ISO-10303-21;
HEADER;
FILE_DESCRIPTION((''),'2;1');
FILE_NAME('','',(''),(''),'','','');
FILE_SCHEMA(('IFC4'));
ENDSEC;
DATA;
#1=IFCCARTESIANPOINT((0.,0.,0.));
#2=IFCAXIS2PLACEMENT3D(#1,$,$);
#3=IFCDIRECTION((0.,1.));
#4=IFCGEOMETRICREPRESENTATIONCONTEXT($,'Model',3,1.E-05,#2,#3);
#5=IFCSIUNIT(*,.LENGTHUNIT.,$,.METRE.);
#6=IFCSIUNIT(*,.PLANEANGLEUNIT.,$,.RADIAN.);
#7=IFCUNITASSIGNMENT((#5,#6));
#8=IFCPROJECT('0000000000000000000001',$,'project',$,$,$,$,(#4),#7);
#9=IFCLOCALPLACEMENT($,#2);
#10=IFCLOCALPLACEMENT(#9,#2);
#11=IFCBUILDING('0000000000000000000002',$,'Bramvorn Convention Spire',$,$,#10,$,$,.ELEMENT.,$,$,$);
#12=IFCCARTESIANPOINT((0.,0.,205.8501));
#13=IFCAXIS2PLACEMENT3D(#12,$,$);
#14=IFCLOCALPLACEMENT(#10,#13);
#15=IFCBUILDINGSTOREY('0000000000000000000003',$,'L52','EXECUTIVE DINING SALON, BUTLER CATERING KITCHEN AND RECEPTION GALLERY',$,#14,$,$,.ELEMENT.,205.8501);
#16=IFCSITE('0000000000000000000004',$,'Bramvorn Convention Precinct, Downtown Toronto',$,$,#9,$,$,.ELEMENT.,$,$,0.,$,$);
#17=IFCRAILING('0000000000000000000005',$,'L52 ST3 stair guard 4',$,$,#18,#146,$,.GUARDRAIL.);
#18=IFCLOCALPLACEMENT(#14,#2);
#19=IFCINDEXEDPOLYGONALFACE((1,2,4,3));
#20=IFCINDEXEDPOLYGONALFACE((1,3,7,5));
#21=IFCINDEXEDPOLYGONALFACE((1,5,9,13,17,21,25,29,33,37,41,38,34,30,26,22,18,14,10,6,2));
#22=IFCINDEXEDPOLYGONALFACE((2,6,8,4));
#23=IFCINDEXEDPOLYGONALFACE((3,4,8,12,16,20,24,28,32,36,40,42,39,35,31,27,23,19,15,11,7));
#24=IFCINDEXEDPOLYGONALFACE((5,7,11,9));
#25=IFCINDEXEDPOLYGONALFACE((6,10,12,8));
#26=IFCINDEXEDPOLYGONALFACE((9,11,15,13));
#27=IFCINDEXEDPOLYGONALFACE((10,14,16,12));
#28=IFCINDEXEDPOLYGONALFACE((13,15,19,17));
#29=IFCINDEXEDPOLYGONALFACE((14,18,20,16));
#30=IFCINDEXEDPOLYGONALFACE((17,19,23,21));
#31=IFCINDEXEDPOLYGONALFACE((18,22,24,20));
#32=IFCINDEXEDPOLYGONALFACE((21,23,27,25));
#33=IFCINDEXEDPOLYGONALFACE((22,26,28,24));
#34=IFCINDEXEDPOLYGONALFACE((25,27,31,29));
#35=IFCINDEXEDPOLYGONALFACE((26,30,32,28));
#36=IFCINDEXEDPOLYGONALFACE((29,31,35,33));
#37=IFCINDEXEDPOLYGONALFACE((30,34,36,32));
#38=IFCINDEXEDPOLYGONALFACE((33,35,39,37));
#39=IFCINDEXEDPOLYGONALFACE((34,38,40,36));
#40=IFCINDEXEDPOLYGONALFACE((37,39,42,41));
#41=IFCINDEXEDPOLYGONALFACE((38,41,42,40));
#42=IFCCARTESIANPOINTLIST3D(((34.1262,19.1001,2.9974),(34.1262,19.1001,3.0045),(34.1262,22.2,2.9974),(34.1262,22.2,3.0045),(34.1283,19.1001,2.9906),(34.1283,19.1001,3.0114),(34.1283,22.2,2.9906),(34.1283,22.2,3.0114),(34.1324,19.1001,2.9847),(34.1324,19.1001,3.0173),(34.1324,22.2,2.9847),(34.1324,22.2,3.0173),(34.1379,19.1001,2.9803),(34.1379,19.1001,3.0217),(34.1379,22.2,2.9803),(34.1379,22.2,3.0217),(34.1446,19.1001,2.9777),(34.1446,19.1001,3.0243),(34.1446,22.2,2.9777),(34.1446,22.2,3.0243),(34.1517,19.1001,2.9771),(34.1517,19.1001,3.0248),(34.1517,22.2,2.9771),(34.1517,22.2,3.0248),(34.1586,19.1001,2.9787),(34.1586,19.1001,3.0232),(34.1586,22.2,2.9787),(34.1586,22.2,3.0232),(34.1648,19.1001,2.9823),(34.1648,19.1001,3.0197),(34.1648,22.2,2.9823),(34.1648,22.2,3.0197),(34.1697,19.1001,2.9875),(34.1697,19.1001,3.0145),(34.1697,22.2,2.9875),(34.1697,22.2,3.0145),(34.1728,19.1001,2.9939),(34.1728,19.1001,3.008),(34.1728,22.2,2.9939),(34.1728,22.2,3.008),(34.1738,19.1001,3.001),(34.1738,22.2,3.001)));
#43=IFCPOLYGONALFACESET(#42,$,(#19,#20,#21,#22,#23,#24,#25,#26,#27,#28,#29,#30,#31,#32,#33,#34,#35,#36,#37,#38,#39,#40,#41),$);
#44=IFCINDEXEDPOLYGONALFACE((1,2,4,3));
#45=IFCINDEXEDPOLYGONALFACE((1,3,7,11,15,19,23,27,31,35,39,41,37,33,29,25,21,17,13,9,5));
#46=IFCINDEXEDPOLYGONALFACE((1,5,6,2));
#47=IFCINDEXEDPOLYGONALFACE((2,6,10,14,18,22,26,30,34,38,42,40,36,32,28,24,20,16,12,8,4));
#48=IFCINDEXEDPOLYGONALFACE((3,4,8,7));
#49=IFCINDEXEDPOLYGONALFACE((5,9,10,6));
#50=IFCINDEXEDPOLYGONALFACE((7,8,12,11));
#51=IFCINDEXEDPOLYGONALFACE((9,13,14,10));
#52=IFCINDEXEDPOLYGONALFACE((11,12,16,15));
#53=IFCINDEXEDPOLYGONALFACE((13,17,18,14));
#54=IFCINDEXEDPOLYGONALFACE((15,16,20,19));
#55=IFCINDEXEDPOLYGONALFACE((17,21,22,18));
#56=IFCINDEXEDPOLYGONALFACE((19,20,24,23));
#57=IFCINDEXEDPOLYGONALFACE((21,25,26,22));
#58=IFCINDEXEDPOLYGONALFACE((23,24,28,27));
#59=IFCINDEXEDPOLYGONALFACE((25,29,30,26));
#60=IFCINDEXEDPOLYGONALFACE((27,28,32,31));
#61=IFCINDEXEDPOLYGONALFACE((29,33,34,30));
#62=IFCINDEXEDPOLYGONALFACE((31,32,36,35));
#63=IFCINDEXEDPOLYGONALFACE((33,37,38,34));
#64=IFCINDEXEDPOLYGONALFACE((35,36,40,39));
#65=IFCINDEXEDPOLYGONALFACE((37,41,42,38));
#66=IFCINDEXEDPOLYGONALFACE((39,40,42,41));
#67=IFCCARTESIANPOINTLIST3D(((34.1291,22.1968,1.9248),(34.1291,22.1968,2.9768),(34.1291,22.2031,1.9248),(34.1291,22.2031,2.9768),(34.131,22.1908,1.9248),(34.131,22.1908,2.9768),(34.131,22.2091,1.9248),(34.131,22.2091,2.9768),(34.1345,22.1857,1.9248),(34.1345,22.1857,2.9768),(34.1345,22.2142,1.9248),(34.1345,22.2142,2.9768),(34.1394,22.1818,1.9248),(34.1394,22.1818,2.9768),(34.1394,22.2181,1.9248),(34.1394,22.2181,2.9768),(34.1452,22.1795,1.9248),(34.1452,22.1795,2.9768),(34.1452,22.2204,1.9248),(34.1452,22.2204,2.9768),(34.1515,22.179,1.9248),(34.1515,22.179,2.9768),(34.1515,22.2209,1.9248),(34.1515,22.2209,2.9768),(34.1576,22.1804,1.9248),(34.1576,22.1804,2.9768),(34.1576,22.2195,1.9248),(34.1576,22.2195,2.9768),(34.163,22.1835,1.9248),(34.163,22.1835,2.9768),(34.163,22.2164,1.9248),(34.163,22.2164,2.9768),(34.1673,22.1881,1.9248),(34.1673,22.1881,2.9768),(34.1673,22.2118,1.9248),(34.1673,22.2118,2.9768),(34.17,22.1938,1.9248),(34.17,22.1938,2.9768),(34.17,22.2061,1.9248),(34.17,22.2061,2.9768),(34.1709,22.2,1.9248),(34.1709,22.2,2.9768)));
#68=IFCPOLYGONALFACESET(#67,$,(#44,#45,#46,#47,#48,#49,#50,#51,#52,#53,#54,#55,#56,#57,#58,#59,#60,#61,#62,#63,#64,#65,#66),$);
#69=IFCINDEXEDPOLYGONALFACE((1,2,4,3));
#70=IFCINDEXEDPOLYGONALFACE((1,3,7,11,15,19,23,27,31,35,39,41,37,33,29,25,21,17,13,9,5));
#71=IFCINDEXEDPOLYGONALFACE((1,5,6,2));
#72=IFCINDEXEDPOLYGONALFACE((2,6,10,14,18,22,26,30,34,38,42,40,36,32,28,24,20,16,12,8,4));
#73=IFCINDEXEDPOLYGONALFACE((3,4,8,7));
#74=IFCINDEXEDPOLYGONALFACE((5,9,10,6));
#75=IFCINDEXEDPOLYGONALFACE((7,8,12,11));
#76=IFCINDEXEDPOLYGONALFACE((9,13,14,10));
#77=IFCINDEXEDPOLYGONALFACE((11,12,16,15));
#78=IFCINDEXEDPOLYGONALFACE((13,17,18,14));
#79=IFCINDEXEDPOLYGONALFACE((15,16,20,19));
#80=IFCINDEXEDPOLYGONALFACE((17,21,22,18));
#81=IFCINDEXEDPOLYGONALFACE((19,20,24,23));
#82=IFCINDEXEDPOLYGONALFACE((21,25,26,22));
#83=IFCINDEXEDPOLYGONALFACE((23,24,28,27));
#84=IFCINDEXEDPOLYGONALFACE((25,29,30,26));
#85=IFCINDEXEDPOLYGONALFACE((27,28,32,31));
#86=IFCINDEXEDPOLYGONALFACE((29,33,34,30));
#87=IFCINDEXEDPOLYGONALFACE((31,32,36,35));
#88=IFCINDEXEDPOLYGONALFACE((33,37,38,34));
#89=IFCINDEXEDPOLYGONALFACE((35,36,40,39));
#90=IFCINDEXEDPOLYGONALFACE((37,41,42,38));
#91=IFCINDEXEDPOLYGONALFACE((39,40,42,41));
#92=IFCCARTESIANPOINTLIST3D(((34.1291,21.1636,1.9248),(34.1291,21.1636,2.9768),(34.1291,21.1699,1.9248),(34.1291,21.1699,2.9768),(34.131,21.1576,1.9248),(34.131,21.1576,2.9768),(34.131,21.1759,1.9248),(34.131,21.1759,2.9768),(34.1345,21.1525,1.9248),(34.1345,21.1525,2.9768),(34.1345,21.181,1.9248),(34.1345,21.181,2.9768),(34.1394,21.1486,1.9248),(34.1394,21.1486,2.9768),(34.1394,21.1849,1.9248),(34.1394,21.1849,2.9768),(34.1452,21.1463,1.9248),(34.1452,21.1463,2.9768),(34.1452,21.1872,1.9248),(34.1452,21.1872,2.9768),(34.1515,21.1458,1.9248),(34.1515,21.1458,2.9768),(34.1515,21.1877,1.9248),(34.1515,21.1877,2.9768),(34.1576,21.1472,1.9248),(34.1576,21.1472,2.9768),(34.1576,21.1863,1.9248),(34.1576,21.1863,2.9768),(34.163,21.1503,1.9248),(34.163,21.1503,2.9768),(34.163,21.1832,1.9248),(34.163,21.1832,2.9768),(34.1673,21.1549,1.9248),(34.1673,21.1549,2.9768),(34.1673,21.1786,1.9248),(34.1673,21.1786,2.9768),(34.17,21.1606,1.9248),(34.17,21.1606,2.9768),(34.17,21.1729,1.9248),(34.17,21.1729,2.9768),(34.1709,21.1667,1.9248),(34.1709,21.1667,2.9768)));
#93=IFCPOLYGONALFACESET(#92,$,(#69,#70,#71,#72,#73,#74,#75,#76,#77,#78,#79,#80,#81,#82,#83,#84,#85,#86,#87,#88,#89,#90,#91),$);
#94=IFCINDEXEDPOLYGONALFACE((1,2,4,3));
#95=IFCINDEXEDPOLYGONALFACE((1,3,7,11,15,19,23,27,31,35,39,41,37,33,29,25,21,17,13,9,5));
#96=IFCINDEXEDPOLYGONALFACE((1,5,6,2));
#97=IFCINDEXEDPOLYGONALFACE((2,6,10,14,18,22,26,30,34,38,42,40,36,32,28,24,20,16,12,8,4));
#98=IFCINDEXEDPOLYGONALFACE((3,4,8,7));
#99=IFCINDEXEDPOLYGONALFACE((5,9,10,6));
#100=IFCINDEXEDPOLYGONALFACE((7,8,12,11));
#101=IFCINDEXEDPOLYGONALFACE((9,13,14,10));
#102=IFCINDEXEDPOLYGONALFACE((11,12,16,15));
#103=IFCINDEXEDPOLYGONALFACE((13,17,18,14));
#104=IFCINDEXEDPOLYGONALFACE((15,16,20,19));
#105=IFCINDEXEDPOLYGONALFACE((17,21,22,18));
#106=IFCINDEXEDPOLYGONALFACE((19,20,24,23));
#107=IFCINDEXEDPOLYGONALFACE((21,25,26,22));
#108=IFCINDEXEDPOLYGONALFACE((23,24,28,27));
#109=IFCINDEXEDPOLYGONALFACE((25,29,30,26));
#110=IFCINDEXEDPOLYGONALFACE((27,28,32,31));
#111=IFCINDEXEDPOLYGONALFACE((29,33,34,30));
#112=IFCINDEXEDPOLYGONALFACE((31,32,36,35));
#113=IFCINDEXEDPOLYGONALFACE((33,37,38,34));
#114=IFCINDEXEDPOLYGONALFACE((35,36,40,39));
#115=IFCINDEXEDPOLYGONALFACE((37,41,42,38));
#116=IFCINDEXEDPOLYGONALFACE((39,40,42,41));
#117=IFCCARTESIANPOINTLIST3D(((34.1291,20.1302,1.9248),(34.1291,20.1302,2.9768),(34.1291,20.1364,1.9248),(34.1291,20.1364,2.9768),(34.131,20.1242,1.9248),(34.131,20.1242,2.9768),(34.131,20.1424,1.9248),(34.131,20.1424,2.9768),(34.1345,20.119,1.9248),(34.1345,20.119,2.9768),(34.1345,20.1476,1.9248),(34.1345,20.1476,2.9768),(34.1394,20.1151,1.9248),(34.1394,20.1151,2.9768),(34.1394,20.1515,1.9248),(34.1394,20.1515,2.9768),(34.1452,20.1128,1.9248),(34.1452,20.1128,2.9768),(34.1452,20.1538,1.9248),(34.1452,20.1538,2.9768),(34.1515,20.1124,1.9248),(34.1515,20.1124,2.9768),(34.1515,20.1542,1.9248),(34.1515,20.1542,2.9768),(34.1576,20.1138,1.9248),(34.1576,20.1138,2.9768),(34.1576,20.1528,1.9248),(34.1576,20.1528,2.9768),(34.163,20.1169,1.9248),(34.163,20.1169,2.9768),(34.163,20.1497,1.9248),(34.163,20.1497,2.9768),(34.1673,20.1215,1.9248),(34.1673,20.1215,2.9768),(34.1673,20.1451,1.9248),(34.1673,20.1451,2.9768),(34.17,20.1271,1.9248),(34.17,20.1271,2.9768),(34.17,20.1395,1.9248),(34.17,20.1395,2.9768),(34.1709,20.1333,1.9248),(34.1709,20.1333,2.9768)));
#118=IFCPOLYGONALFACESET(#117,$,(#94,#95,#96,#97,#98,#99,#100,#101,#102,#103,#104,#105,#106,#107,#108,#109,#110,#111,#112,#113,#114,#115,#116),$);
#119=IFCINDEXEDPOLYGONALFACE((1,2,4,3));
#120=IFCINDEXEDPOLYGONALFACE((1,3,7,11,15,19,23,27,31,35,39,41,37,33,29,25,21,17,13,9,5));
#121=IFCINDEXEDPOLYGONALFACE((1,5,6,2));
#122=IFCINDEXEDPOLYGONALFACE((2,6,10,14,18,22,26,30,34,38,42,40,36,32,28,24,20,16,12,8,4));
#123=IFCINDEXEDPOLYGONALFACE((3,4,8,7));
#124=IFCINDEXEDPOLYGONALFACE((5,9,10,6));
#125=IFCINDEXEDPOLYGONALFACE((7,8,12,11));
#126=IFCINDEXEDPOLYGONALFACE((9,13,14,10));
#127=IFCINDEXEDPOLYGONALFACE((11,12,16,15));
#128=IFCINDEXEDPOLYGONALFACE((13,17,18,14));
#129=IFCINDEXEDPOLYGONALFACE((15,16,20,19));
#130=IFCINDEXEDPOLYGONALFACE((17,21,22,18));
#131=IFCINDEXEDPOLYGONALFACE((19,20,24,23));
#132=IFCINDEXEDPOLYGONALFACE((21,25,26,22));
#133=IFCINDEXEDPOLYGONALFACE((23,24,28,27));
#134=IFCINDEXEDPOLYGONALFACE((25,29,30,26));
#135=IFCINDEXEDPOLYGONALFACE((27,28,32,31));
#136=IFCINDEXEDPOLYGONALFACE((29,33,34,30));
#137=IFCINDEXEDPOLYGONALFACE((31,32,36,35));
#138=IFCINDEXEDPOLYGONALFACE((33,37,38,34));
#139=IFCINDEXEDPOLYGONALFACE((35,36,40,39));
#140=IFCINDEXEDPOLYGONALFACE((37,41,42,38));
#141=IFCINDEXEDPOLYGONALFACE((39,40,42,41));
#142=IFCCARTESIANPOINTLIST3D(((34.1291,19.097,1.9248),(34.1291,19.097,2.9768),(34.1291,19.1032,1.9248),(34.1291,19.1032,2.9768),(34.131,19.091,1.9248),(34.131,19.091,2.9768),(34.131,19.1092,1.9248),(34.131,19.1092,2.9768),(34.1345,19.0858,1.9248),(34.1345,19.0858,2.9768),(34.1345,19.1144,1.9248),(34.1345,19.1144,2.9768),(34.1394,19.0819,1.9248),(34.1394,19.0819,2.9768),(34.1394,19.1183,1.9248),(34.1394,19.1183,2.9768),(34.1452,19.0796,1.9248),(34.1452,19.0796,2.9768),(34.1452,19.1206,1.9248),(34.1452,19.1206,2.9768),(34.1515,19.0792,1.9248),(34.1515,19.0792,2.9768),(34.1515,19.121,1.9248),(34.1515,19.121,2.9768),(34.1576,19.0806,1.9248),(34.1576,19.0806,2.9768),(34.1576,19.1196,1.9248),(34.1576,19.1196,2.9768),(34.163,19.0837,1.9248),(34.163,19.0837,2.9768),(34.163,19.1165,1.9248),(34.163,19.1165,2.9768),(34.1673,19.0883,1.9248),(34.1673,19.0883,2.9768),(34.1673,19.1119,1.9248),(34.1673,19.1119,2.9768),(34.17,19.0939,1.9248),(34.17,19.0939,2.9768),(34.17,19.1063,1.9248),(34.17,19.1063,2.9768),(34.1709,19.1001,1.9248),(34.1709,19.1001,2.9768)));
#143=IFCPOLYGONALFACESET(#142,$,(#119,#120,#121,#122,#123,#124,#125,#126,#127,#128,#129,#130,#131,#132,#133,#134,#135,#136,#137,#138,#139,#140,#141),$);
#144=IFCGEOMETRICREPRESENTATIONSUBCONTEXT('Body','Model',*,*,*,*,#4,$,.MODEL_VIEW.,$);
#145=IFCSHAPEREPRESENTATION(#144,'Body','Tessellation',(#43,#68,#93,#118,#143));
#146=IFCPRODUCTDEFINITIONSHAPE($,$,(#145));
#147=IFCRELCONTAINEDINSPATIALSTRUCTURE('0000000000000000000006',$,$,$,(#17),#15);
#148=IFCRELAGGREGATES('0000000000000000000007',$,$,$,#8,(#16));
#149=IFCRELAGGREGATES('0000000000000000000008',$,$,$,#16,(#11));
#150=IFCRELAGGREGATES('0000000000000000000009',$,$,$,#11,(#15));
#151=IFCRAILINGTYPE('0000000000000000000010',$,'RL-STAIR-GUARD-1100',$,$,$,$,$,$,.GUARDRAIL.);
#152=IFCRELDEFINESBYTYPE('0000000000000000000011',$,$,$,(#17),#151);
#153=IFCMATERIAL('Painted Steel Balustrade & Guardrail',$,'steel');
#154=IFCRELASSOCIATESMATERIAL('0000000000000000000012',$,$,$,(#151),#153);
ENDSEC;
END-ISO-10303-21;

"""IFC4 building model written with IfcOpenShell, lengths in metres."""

from ifc_helpers import new_model, si_unit, direction, frame, origin, origin_2d, place, context, subcontext, project, spatial, circle, extrude, material, type_object, element, save


model = new_model("IFC4")

# Units and contexts
model_context = context("Model", 3, precision=1e-05, world=origin(), true_north=direction((0.0, 1.0)))
body_context = subcontext(model_context, "Body", "Model", "MODEL_VIEW")
ifc_project = project(units=[si_unit("LENGTHUNIT", "METRE"), si_unit("PLANEANGLEUNIT", "RADIAN")], contexts=[model_context])

# Site, building, storey
site_placement = place(None, origin())
site = spatial("IfcSite", under=ifc_project, at=site_placement, Name="Bramvorn Convention Precinct, Downtown Toronto", CompositionType="ELEMENT", RefElevation=0.0)
building_placement = place(site_placement, origin())
building = spatial("IfcBuilding", under=site, at=building_placement, Name="Bramvorn Convention Spire", CompositionType="ELEMENT")
storey_placement = place(building_placement, frame((0.0, 0.0, 205.8501)))
storey = spatial("IfcBuildingStorey", under=building, at=storey_placement, Name="L52", Description="EXECUTIVE DINING SALON, BUTLER CATERING KITCHEN AND RECEPTION GALLERY", CompositionType="ELEMENT", Elevation=205.8501)

# Railing
ifc_material_1 = material(Name="Painted Steel Balustrade & Guardrail", Category="steel")
railing_type_1 = type_object("IfcRailingType", Name="RL-STAIR-GUARD-1100", PredefinedType="GUARDRAIL", material=ifc_material_1)
railing_1_placement = place(storey_placement, frame((34.1499, 22.2, 1.9248)))
element("IfcRailing", 1, at=railing_1_placement, inside=storey, type_object=railing_type_1, Name="L52 ST3 stair guard 4", PredefinedType="GUARDRAIL", context=body_context, shape_type="SweptSolid", body=[
    extrude(circle(Radius=0.0239, at=origin_2d()), frame((0.0, 0.0, 1.0762), z_axis=(0.0, -1.0, 0.0), x_axis=(1.0, 0.0, 0.0)), (0.0, 0.0, 1.0), 3.0999),
    extrude(circle(Radius=0.021, at=origin_2d()), origin(), (0.0, 0.0, 1.0), 1.052),
    extrude(circle(Radius=0.021, at=origin_2d()), frame((0.0, -1.0332, 0.0)), (0.0, 0.0, 1.0), 1.052),
    extrude(circle(Radius=0.021, at=origin_2d()), frame((0.0, -2.0667, 0.0)), (0.0, 0.0, 1.0), 1.052),
    extrude(circle(Radius=0.021, at=origin_2d()), frame((0.0, -3.0999, 0.0)), (0.0, 0.0, 1.0), 1.052),
])

save(model, "model.ifc")
